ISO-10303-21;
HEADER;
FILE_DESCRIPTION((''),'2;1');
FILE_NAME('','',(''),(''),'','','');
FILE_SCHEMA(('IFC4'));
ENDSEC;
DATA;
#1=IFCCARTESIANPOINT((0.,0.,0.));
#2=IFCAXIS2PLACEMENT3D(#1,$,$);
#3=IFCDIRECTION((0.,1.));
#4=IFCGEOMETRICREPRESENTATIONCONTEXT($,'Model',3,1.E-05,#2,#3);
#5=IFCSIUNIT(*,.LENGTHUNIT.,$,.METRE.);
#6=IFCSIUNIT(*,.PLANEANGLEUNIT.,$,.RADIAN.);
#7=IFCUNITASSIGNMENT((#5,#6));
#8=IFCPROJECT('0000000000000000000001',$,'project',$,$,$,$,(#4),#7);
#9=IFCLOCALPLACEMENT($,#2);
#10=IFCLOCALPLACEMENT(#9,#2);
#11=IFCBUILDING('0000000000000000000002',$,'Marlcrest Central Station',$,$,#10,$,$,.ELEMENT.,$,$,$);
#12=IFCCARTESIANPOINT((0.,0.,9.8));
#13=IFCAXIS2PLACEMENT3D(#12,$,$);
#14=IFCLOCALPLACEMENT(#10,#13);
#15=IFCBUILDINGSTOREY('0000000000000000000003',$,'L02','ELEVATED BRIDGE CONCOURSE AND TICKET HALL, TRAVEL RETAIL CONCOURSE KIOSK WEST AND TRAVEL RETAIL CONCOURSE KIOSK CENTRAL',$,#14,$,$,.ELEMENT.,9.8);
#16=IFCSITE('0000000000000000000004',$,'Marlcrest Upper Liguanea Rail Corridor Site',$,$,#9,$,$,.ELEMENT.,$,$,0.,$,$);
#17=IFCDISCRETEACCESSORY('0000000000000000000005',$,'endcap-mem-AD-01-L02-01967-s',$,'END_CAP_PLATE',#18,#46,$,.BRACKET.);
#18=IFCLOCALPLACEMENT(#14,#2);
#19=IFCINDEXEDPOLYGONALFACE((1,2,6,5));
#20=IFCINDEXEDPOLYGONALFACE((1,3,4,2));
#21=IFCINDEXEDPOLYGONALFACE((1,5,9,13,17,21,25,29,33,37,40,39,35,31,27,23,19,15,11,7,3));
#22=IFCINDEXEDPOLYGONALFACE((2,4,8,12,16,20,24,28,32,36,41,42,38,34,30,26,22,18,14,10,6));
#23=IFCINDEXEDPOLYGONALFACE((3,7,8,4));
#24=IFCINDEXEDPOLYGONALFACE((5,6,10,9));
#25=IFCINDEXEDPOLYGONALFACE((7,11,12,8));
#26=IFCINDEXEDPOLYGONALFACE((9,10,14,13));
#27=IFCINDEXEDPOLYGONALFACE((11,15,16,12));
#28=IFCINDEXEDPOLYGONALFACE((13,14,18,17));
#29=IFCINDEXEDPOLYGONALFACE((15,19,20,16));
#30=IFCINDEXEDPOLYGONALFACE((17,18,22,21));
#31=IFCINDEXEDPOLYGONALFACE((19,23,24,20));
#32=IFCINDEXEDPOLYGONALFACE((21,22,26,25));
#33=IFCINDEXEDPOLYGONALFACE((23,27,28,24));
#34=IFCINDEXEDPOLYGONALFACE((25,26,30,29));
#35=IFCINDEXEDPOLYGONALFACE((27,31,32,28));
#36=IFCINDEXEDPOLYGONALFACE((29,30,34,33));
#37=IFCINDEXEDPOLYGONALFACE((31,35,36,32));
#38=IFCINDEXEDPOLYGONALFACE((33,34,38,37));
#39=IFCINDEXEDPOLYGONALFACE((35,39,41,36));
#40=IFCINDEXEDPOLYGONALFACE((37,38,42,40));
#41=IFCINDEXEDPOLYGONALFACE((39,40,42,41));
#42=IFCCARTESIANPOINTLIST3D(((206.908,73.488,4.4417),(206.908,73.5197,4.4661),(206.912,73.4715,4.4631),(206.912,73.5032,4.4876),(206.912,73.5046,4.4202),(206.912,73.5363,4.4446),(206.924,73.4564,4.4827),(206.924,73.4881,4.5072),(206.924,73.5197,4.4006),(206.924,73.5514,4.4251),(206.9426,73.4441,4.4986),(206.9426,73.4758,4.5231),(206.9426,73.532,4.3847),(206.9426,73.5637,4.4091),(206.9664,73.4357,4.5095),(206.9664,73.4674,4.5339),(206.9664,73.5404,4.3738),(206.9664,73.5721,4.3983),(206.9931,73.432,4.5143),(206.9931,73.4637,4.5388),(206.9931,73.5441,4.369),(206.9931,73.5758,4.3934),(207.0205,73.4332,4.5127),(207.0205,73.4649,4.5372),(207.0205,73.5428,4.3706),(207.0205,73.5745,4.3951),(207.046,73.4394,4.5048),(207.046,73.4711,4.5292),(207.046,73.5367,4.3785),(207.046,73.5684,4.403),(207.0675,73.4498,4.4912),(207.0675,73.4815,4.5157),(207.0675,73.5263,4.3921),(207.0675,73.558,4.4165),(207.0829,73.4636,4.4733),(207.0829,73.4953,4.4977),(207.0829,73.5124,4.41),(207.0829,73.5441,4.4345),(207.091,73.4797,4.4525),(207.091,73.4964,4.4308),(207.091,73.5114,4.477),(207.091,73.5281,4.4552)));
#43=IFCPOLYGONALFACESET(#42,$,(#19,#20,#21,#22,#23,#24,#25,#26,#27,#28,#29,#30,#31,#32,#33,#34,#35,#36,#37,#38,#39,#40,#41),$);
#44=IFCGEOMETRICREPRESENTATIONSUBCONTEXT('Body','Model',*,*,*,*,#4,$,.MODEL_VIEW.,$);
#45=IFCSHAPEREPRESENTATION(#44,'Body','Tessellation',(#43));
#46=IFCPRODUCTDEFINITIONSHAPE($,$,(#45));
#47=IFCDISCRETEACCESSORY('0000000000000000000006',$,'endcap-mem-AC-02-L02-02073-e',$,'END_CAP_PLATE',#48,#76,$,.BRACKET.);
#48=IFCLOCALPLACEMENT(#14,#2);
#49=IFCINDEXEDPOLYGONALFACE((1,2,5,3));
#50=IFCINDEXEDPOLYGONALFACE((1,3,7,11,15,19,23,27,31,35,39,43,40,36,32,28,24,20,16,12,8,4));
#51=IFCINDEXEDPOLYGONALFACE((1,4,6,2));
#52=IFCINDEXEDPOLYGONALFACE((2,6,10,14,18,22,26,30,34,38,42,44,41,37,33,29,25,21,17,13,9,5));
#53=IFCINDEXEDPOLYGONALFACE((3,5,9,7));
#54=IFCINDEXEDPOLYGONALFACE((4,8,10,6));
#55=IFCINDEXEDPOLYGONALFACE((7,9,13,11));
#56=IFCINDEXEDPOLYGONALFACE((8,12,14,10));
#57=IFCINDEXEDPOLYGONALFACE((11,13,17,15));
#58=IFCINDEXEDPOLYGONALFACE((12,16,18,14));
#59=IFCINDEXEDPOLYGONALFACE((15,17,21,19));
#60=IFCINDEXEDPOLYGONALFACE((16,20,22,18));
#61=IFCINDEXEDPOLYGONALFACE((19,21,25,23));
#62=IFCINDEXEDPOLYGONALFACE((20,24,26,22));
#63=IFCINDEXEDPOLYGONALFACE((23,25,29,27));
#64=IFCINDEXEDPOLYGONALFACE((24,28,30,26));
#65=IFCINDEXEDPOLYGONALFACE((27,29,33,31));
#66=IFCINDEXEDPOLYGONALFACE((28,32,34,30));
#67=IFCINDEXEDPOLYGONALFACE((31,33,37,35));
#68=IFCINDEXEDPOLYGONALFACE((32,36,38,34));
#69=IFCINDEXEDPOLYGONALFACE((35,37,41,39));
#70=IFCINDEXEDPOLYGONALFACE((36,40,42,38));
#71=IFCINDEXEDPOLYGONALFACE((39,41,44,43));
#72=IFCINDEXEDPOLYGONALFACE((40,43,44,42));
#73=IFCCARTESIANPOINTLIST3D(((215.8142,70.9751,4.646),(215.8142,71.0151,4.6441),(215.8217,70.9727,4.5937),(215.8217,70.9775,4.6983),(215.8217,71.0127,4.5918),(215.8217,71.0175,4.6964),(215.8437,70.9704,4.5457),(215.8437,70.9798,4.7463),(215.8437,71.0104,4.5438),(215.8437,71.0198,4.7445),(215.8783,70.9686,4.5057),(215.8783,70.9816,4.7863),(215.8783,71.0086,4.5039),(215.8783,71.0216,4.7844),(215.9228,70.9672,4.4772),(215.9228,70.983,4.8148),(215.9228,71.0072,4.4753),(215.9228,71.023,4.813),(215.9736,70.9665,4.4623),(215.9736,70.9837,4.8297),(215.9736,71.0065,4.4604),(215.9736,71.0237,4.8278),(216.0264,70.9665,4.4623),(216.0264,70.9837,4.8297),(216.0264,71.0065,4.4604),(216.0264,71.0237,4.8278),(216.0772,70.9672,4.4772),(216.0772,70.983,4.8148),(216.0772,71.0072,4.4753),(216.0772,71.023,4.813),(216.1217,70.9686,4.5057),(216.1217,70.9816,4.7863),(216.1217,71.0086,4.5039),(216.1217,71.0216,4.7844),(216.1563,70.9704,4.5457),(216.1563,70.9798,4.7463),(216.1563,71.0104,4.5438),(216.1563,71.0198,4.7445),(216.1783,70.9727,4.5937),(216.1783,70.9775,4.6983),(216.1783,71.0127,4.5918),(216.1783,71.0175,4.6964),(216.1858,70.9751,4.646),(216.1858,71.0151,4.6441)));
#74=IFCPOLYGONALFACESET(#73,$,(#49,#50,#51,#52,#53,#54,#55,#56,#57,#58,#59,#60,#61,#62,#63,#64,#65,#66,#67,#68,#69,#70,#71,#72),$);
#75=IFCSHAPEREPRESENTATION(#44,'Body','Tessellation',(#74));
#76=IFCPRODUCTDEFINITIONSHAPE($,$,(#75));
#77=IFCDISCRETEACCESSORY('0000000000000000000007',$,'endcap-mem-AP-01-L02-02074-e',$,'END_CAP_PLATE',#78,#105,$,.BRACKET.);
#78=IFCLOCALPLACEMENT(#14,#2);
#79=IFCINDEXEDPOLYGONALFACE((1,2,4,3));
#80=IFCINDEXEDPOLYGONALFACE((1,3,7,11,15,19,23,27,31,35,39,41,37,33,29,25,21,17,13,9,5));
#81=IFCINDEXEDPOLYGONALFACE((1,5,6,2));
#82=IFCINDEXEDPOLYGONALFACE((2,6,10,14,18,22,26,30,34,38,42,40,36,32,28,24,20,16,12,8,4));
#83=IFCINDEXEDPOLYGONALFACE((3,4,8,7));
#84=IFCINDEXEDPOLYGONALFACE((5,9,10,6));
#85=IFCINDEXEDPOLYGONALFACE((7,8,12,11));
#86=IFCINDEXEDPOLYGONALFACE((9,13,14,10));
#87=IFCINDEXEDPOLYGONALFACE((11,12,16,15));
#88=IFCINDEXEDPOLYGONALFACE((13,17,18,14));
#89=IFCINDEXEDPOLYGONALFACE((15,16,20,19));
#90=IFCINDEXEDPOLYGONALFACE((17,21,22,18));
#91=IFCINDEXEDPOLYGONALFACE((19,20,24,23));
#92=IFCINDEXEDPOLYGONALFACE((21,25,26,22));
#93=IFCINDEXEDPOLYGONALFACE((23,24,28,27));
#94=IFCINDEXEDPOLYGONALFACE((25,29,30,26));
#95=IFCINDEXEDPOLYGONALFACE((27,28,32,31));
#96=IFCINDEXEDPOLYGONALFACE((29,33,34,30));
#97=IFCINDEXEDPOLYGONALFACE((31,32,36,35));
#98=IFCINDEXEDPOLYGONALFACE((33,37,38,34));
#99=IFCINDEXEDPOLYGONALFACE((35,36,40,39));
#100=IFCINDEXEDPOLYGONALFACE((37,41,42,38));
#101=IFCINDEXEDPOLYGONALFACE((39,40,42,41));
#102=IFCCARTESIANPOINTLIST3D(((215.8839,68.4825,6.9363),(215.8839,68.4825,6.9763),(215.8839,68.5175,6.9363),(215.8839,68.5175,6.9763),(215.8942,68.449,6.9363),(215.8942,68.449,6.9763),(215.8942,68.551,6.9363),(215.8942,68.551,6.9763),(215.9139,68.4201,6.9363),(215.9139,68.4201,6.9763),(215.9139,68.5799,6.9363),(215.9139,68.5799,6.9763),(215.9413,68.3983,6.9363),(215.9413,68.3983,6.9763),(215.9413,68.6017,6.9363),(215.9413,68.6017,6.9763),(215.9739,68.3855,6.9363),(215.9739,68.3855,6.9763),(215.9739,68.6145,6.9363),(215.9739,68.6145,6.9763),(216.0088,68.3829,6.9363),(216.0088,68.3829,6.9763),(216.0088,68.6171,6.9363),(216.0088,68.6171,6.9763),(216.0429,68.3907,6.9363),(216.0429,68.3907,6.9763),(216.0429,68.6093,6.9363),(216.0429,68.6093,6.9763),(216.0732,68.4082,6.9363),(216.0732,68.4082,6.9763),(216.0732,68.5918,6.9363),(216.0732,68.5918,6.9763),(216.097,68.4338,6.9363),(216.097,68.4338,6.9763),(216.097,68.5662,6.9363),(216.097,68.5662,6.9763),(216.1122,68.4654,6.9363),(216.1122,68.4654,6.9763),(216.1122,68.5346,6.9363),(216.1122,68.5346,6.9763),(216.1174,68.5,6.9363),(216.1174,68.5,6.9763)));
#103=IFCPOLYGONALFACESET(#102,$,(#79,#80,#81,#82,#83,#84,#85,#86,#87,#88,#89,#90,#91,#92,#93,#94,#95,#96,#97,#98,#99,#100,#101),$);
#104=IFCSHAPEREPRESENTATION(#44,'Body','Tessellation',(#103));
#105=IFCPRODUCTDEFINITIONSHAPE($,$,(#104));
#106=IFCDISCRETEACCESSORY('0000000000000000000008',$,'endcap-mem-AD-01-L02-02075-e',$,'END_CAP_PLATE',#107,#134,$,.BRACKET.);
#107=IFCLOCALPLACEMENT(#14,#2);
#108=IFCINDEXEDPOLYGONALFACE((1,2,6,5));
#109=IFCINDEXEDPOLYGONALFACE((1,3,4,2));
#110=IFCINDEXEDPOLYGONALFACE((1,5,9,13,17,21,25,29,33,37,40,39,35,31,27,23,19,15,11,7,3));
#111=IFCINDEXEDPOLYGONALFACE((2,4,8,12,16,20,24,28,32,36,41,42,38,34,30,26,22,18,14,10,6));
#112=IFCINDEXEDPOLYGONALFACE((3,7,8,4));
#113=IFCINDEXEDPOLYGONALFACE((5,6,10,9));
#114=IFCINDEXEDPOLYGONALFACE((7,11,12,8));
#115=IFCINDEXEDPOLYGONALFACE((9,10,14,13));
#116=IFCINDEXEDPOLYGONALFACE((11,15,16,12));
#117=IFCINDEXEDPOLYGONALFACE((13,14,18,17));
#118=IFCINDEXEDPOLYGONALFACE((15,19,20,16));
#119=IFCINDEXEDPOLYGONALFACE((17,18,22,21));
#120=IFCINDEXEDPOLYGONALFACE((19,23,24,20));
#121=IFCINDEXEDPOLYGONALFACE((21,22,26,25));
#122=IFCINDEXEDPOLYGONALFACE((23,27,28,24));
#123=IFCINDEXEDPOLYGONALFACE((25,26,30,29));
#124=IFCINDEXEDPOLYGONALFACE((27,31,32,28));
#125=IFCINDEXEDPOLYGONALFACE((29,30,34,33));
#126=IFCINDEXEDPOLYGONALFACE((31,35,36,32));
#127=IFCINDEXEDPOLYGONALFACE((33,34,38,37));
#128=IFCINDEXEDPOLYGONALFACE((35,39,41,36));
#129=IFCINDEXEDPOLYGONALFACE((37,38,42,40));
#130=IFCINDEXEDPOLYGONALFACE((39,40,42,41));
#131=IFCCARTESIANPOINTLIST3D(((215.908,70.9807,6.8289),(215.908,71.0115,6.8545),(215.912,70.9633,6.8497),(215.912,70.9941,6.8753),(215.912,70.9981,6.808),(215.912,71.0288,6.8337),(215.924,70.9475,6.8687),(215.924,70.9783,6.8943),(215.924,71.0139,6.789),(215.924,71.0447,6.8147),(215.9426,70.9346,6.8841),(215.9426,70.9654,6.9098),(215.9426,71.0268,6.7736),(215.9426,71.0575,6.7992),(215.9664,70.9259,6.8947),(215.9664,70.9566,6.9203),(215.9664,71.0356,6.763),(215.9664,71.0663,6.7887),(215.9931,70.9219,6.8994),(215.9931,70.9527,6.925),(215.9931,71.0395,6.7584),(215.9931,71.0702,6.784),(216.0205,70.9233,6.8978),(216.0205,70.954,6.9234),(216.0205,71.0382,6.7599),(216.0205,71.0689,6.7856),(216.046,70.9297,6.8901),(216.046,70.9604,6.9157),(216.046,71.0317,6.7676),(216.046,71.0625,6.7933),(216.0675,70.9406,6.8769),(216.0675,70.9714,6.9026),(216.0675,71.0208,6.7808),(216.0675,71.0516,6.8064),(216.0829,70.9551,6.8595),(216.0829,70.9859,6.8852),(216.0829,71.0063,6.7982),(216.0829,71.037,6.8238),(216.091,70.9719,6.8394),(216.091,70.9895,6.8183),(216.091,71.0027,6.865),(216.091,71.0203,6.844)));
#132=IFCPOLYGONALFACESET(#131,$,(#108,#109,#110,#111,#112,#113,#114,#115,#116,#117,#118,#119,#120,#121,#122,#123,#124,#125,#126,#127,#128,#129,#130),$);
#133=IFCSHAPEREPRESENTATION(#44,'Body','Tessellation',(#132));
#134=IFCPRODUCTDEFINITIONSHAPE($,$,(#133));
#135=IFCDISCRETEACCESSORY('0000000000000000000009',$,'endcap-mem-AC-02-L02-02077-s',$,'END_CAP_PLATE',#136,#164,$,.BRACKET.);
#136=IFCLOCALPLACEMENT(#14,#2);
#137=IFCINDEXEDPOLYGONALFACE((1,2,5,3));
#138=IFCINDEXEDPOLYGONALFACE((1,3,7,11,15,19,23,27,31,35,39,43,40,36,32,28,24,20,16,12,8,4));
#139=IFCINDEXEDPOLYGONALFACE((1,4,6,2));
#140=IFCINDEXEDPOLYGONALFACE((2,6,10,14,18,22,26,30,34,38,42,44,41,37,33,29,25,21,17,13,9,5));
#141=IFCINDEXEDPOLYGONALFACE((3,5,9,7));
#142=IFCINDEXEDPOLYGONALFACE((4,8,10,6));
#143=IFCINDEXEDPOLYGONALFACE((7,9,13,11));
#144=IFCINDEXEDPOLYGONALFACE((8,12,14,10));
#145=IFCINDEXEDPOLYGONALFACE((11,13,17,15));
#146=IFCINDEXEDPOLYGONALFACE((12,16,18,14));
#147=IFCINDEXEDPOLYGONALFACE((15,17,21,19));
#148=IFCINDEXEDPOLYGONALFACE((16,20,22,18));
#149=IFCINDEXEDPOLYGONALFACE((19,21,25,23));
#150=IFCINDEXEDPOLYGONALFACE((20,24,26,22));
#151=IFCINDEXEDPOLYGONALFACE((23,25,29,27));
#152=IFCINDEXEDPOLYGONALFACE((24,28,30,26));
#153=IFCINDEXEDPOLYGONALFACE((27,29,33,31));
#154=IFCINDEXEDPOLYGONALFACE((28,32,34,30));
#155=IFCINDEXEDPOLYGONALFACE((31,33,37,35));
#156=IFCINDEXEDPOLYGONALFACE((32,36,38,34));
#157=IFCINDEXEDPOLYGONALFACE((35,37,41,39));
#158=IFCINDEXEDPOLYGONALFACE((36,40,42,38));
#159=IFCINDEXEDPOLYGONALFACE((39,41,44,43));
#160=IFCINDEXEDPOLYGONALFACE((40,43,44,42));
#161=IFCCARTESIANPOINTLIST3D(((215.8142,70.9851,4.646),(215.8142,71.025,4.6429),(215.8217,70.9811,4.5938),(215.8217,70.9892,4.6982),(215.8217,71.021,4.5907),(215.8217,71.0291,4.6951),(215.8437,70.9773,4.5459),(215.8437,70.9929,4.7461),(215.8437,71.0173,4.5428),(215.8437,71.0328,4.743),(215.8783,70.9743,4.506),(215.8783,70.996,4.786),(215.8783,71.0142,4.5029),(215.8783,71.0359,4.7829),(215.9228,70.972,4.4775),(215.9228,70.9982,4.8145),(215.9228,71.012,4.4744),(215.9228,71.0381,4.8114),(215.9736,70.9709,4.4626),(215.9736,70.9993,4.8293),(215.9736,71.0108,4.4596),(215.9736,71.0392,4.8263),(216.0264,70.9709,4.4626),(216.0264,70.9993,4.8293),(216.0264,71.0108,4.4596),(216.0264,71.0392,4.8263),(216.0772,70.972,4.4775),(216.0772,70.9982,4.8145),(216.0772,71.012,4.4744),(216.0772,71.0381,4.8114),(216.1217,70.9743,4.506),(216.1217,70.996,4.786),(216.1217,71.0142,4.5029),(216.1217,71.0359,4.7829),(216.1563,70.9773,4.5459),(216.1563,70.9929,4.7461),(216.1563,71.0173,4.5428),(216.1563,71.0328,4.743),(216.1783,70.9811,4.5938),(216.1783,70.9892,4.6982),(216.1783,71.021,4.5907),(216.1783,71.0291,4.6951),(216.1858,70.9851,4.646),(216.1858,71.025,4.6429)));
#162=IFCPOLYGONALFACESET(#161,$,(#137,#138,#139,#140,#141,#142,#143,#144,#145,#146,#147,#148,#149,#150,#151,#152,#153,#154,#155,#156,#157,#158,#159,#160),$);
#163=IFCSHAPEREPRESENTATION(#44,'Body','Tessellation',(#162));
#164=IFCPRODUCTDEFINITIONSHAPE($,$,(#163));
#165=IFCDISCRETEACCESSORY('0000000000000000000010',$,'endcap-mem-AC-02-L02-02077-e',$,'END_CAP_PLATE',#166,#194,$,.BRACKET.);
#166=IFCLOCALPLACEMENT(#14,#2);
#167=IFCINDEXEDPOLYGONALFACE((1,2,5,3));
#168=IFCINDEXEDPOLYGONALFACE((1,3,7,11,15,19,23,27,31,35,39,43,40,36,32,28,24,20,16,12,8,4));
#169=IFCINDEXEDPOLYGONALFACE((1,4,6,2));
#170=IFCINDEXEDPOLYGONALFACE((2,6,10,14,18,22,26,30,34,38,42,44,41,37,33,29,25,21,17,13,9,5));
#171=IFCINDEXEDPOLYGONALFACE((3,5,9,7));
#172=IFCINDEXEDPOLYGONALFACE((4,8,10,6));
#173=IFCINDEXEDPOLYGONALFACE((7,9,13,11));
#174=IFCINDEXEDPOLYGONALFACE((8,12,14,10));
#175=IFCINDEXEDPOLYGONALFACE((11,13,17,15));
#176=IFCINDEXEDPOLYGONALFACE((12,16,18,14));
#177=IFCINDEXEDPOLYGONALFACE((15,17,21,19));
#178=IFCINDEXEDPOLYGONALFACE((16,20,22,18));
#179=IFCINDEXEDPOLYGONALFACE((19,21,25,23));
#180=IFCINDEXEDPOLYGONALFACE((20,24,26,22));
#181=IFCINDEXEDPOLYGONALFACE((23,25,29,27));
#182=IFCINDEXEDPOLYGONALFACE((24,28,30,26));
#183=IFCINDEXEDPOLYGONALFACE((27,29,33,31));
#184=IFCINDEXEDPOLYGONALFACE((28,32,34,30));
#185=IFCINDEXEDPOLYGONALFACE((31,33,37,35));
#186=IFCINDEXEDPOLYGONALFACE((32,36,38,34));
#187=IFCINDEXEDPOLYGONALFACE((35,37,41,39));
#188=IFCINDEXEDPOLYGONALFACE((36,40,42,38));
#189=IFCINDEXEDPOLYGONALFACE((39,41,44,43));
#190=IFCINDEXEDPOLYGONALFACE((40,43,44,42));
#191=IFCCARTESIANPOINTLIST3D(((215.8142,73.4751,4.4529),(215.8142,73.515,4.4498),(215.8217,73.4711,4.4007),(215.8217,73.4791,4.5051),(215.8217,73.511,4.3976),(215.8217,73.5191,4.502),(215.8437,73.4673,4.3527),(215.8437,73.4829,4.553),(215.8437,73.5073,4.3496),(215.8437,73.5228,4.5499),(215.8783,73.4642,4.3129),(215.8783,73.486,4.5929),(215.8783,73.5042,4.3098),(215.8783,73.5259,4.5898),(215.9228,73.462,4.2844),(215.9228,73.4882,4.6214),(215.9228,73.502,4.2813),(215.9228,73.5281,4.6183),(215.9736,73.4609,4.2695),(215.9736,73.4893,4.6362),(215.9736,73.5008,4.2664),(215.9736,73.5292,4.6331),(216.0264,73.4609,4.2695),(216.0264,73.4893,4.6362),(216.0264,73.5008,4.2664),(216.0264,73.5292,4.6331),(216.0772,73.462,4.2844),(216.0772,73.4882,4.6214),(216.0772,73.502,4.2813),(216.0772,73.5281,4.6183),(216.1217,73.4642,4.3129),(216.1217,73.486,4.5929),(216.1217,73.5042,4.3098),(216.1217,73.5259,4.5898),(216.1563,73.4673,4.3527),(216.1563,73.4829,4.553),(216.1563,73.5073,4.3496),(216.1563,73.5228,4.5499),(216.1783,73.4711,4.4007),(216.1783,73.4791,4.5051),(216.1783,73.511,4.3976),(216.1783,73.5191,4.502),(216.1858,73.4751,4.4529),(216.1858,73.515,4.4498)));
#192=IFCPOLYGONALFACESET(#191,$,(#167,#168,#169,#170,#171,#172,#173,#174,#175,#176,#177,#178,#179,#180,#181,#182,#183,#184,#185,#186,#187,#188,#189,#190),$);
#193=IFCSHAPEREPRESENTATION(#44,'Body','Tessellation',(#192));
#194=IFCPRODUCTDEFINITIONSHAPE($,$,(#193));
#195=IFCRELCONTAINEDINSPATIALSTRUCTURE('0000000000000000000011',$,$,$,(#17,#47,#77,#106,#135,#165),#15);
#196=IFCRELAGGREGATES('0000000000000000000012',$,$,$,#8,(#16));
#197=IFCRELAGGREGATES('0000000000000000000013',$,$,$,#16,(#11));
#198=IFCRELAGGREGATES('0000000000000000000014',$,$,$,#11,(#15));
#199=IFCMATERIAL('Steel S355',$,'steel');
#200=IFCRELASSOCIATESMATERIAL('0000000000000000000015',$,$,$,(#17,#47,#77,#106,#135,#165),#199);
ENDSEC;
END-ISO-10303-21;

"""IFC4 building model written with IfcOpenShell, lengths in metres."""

from ifc_helpers import new_model, si_unit, direction, frame, origin, origin_2d, place, context, subcontext, project, spatial, circle, extrude, material, element, save


model = new_model("IFC4")

# Units and contexts
model_context = context("Model", 3, precision=1e-05, world=origin(), true_north=direction((0.0, 1.0)))
body_context = subcontext(model_context, "Body", "Model", "MODEL_VIEW")
ifc_project = project(units=[si_unit("LENGTHUNIT", "METRE"), si_unit("PLANEANGLEUNIT", "RADIAN")], contexts=[model_context])

# Site, building, storey
site_placement = place(None, origin())
site = spatial("IfcSite", under=ifc_project, at=site_placement, Name="Marlcrest Upper Liguanea Rail Corridor Site", CompositionType="ELEMENT", RefElevation=0.0)
building_placement = place(site_placement, origin())
building = spatial("IfcBuilding", under=site, at=building_placement, Name="Marlcrest Central Station", CompositionType="ELEMENT")
storey_placement = place(building_placement, frame((0.0, 0.0, 9.8)))
storey = spatial("IfcBuildingStorey", under=building, at=storey_placement, Name="L02", Description="ELEVATED BRIDGE CONCOURSE AND TICKET HALL, TRAVEL RETAIL CONCOURSE KIOSK WEST AND TRAVEL RETAIL CONCOURSE KIOSK CENTRAL", CompositionType="ELEMENT", Elevation=9.8)

# Shared definitions
ifc_material = material(Name="Steel S355", Category="steel")

# Discrete accessories
discrete_accessory_1_placement = place(storey_placement, frame((207.0, 73.488, 4.4417), z_axis=(0.0, 0.791798, 0.610783), x_axis=(-1.0, 0.0, 0.0)))
element("IfcDiscreteAccessory", 1, at=discrete_accessory_1_placement, inside=storey, material=ifc_material, Name="endcap-mem-AD-01-L02-01967-s", ObjectType="END_CAP_PLATE", PredefinedType="BRACKET", context=body_context, shape_type="SweptSolid", body=[
    extrude(circle(Radius=0.092, at=origin_2d()), origin(), (0.0, 0.0, 1.0), 0.04),
])
discrete_accessory_2_placement = place(storey_placement, frame((216.0, 70.9751, 4.646), z_axis=(0.0, 0.998917, -0.046532), x_axis=(-1.0, 0.0, 0.0)))
element("IfcDiscreteAccessory", 2, at=discrete_accessory_2_placement, inside=storey, material=ifc_material, Name="endcap-mem-AC-02-L02-02073-e", ObjectType="END_CAP_PLATE", PredefinedType="BRACKET", context=body_context, shape_type="SweptSolid", body=[
    extrude(circle(Radius=0.1858, at=origin_2d()), origin(), (0.0, 0.0, 1.0), 0.04),
])
discrete_accessory_3_placement = place(storey_placement, frame((216.0, 68.5, 6.9363), z_axis=(0.0, 0.0, 1.0), x_axis=(1.0, 0.0, 0.0)))
element("IfcDiscreteAccessory", 3, at=discrete_accessory_3_placement, inside=storey, material=ifc_material, Name="endcap-mem-AP-01-L02-02074-e", ObjectType="END_CAP_PLATE", PredefinedType="BRACKET", context=body_context, shape_type="SweptSolid", body=[
    extrude(circle(Radius=0.1174, at=origin_2d()), origin(), (0.0, 0.0, 1.0), 0.04),
])
discrete_accessory_4_placement = place(storey_placement, frame((216.0, 70.9807, 6.8289), z_axis=(0.0, 0.76816, 0.640258), x_axis=(-1.0, 0.0, 0.0)))
element("IfcDiscreteAccessory", 4, at=discrete_accessory_4_placement, inside=storey, material=ifc_material, Name="endcap-mem-AD-01-L02-02075-e", ObjectType="END_CAP_PLATE", PredefinedType="BRACKET", context=body_context, shape_type="SweptSolid", body=[
    extrude(circle(Radius=0.092, at=origin_2d()), origin(), (0.0, 0.0, 1.0), 0.04),
])
for number, where, z_axis, x_axis, name in (
    (5, (216.0, 70.9851, 4.646), (0.0, 0.997007, -0.077307), (-1.0, 0.0, 0.0), "endcap-mem-AC-02-L02-02077-s"),
    (6, (216.0, 73.4751, 4.4529), (0.0, 0.997007, -0.077307), (-1.0, 0.0, 0.0), "endcap-mem-AC-02-L02-02077-e"),
):
    element("IfcDiscreteAccessory", number, at=place(storey_placement, frame(where, z_axis=z_axis, x_axis=x_axis)), inside=storey, material=ifc_material, Name=name, ObjectType="END_CAP_PLATE", PredefinedType="BRACKET", context=body_context, shape_type="SweptSolid", body=[
        extrude(circle(Radius=0.1858, at=origin_2d()), origin(), (0.0, 0.0, 1.0), 0.04),
    ])

save(model, "model.ifc")
